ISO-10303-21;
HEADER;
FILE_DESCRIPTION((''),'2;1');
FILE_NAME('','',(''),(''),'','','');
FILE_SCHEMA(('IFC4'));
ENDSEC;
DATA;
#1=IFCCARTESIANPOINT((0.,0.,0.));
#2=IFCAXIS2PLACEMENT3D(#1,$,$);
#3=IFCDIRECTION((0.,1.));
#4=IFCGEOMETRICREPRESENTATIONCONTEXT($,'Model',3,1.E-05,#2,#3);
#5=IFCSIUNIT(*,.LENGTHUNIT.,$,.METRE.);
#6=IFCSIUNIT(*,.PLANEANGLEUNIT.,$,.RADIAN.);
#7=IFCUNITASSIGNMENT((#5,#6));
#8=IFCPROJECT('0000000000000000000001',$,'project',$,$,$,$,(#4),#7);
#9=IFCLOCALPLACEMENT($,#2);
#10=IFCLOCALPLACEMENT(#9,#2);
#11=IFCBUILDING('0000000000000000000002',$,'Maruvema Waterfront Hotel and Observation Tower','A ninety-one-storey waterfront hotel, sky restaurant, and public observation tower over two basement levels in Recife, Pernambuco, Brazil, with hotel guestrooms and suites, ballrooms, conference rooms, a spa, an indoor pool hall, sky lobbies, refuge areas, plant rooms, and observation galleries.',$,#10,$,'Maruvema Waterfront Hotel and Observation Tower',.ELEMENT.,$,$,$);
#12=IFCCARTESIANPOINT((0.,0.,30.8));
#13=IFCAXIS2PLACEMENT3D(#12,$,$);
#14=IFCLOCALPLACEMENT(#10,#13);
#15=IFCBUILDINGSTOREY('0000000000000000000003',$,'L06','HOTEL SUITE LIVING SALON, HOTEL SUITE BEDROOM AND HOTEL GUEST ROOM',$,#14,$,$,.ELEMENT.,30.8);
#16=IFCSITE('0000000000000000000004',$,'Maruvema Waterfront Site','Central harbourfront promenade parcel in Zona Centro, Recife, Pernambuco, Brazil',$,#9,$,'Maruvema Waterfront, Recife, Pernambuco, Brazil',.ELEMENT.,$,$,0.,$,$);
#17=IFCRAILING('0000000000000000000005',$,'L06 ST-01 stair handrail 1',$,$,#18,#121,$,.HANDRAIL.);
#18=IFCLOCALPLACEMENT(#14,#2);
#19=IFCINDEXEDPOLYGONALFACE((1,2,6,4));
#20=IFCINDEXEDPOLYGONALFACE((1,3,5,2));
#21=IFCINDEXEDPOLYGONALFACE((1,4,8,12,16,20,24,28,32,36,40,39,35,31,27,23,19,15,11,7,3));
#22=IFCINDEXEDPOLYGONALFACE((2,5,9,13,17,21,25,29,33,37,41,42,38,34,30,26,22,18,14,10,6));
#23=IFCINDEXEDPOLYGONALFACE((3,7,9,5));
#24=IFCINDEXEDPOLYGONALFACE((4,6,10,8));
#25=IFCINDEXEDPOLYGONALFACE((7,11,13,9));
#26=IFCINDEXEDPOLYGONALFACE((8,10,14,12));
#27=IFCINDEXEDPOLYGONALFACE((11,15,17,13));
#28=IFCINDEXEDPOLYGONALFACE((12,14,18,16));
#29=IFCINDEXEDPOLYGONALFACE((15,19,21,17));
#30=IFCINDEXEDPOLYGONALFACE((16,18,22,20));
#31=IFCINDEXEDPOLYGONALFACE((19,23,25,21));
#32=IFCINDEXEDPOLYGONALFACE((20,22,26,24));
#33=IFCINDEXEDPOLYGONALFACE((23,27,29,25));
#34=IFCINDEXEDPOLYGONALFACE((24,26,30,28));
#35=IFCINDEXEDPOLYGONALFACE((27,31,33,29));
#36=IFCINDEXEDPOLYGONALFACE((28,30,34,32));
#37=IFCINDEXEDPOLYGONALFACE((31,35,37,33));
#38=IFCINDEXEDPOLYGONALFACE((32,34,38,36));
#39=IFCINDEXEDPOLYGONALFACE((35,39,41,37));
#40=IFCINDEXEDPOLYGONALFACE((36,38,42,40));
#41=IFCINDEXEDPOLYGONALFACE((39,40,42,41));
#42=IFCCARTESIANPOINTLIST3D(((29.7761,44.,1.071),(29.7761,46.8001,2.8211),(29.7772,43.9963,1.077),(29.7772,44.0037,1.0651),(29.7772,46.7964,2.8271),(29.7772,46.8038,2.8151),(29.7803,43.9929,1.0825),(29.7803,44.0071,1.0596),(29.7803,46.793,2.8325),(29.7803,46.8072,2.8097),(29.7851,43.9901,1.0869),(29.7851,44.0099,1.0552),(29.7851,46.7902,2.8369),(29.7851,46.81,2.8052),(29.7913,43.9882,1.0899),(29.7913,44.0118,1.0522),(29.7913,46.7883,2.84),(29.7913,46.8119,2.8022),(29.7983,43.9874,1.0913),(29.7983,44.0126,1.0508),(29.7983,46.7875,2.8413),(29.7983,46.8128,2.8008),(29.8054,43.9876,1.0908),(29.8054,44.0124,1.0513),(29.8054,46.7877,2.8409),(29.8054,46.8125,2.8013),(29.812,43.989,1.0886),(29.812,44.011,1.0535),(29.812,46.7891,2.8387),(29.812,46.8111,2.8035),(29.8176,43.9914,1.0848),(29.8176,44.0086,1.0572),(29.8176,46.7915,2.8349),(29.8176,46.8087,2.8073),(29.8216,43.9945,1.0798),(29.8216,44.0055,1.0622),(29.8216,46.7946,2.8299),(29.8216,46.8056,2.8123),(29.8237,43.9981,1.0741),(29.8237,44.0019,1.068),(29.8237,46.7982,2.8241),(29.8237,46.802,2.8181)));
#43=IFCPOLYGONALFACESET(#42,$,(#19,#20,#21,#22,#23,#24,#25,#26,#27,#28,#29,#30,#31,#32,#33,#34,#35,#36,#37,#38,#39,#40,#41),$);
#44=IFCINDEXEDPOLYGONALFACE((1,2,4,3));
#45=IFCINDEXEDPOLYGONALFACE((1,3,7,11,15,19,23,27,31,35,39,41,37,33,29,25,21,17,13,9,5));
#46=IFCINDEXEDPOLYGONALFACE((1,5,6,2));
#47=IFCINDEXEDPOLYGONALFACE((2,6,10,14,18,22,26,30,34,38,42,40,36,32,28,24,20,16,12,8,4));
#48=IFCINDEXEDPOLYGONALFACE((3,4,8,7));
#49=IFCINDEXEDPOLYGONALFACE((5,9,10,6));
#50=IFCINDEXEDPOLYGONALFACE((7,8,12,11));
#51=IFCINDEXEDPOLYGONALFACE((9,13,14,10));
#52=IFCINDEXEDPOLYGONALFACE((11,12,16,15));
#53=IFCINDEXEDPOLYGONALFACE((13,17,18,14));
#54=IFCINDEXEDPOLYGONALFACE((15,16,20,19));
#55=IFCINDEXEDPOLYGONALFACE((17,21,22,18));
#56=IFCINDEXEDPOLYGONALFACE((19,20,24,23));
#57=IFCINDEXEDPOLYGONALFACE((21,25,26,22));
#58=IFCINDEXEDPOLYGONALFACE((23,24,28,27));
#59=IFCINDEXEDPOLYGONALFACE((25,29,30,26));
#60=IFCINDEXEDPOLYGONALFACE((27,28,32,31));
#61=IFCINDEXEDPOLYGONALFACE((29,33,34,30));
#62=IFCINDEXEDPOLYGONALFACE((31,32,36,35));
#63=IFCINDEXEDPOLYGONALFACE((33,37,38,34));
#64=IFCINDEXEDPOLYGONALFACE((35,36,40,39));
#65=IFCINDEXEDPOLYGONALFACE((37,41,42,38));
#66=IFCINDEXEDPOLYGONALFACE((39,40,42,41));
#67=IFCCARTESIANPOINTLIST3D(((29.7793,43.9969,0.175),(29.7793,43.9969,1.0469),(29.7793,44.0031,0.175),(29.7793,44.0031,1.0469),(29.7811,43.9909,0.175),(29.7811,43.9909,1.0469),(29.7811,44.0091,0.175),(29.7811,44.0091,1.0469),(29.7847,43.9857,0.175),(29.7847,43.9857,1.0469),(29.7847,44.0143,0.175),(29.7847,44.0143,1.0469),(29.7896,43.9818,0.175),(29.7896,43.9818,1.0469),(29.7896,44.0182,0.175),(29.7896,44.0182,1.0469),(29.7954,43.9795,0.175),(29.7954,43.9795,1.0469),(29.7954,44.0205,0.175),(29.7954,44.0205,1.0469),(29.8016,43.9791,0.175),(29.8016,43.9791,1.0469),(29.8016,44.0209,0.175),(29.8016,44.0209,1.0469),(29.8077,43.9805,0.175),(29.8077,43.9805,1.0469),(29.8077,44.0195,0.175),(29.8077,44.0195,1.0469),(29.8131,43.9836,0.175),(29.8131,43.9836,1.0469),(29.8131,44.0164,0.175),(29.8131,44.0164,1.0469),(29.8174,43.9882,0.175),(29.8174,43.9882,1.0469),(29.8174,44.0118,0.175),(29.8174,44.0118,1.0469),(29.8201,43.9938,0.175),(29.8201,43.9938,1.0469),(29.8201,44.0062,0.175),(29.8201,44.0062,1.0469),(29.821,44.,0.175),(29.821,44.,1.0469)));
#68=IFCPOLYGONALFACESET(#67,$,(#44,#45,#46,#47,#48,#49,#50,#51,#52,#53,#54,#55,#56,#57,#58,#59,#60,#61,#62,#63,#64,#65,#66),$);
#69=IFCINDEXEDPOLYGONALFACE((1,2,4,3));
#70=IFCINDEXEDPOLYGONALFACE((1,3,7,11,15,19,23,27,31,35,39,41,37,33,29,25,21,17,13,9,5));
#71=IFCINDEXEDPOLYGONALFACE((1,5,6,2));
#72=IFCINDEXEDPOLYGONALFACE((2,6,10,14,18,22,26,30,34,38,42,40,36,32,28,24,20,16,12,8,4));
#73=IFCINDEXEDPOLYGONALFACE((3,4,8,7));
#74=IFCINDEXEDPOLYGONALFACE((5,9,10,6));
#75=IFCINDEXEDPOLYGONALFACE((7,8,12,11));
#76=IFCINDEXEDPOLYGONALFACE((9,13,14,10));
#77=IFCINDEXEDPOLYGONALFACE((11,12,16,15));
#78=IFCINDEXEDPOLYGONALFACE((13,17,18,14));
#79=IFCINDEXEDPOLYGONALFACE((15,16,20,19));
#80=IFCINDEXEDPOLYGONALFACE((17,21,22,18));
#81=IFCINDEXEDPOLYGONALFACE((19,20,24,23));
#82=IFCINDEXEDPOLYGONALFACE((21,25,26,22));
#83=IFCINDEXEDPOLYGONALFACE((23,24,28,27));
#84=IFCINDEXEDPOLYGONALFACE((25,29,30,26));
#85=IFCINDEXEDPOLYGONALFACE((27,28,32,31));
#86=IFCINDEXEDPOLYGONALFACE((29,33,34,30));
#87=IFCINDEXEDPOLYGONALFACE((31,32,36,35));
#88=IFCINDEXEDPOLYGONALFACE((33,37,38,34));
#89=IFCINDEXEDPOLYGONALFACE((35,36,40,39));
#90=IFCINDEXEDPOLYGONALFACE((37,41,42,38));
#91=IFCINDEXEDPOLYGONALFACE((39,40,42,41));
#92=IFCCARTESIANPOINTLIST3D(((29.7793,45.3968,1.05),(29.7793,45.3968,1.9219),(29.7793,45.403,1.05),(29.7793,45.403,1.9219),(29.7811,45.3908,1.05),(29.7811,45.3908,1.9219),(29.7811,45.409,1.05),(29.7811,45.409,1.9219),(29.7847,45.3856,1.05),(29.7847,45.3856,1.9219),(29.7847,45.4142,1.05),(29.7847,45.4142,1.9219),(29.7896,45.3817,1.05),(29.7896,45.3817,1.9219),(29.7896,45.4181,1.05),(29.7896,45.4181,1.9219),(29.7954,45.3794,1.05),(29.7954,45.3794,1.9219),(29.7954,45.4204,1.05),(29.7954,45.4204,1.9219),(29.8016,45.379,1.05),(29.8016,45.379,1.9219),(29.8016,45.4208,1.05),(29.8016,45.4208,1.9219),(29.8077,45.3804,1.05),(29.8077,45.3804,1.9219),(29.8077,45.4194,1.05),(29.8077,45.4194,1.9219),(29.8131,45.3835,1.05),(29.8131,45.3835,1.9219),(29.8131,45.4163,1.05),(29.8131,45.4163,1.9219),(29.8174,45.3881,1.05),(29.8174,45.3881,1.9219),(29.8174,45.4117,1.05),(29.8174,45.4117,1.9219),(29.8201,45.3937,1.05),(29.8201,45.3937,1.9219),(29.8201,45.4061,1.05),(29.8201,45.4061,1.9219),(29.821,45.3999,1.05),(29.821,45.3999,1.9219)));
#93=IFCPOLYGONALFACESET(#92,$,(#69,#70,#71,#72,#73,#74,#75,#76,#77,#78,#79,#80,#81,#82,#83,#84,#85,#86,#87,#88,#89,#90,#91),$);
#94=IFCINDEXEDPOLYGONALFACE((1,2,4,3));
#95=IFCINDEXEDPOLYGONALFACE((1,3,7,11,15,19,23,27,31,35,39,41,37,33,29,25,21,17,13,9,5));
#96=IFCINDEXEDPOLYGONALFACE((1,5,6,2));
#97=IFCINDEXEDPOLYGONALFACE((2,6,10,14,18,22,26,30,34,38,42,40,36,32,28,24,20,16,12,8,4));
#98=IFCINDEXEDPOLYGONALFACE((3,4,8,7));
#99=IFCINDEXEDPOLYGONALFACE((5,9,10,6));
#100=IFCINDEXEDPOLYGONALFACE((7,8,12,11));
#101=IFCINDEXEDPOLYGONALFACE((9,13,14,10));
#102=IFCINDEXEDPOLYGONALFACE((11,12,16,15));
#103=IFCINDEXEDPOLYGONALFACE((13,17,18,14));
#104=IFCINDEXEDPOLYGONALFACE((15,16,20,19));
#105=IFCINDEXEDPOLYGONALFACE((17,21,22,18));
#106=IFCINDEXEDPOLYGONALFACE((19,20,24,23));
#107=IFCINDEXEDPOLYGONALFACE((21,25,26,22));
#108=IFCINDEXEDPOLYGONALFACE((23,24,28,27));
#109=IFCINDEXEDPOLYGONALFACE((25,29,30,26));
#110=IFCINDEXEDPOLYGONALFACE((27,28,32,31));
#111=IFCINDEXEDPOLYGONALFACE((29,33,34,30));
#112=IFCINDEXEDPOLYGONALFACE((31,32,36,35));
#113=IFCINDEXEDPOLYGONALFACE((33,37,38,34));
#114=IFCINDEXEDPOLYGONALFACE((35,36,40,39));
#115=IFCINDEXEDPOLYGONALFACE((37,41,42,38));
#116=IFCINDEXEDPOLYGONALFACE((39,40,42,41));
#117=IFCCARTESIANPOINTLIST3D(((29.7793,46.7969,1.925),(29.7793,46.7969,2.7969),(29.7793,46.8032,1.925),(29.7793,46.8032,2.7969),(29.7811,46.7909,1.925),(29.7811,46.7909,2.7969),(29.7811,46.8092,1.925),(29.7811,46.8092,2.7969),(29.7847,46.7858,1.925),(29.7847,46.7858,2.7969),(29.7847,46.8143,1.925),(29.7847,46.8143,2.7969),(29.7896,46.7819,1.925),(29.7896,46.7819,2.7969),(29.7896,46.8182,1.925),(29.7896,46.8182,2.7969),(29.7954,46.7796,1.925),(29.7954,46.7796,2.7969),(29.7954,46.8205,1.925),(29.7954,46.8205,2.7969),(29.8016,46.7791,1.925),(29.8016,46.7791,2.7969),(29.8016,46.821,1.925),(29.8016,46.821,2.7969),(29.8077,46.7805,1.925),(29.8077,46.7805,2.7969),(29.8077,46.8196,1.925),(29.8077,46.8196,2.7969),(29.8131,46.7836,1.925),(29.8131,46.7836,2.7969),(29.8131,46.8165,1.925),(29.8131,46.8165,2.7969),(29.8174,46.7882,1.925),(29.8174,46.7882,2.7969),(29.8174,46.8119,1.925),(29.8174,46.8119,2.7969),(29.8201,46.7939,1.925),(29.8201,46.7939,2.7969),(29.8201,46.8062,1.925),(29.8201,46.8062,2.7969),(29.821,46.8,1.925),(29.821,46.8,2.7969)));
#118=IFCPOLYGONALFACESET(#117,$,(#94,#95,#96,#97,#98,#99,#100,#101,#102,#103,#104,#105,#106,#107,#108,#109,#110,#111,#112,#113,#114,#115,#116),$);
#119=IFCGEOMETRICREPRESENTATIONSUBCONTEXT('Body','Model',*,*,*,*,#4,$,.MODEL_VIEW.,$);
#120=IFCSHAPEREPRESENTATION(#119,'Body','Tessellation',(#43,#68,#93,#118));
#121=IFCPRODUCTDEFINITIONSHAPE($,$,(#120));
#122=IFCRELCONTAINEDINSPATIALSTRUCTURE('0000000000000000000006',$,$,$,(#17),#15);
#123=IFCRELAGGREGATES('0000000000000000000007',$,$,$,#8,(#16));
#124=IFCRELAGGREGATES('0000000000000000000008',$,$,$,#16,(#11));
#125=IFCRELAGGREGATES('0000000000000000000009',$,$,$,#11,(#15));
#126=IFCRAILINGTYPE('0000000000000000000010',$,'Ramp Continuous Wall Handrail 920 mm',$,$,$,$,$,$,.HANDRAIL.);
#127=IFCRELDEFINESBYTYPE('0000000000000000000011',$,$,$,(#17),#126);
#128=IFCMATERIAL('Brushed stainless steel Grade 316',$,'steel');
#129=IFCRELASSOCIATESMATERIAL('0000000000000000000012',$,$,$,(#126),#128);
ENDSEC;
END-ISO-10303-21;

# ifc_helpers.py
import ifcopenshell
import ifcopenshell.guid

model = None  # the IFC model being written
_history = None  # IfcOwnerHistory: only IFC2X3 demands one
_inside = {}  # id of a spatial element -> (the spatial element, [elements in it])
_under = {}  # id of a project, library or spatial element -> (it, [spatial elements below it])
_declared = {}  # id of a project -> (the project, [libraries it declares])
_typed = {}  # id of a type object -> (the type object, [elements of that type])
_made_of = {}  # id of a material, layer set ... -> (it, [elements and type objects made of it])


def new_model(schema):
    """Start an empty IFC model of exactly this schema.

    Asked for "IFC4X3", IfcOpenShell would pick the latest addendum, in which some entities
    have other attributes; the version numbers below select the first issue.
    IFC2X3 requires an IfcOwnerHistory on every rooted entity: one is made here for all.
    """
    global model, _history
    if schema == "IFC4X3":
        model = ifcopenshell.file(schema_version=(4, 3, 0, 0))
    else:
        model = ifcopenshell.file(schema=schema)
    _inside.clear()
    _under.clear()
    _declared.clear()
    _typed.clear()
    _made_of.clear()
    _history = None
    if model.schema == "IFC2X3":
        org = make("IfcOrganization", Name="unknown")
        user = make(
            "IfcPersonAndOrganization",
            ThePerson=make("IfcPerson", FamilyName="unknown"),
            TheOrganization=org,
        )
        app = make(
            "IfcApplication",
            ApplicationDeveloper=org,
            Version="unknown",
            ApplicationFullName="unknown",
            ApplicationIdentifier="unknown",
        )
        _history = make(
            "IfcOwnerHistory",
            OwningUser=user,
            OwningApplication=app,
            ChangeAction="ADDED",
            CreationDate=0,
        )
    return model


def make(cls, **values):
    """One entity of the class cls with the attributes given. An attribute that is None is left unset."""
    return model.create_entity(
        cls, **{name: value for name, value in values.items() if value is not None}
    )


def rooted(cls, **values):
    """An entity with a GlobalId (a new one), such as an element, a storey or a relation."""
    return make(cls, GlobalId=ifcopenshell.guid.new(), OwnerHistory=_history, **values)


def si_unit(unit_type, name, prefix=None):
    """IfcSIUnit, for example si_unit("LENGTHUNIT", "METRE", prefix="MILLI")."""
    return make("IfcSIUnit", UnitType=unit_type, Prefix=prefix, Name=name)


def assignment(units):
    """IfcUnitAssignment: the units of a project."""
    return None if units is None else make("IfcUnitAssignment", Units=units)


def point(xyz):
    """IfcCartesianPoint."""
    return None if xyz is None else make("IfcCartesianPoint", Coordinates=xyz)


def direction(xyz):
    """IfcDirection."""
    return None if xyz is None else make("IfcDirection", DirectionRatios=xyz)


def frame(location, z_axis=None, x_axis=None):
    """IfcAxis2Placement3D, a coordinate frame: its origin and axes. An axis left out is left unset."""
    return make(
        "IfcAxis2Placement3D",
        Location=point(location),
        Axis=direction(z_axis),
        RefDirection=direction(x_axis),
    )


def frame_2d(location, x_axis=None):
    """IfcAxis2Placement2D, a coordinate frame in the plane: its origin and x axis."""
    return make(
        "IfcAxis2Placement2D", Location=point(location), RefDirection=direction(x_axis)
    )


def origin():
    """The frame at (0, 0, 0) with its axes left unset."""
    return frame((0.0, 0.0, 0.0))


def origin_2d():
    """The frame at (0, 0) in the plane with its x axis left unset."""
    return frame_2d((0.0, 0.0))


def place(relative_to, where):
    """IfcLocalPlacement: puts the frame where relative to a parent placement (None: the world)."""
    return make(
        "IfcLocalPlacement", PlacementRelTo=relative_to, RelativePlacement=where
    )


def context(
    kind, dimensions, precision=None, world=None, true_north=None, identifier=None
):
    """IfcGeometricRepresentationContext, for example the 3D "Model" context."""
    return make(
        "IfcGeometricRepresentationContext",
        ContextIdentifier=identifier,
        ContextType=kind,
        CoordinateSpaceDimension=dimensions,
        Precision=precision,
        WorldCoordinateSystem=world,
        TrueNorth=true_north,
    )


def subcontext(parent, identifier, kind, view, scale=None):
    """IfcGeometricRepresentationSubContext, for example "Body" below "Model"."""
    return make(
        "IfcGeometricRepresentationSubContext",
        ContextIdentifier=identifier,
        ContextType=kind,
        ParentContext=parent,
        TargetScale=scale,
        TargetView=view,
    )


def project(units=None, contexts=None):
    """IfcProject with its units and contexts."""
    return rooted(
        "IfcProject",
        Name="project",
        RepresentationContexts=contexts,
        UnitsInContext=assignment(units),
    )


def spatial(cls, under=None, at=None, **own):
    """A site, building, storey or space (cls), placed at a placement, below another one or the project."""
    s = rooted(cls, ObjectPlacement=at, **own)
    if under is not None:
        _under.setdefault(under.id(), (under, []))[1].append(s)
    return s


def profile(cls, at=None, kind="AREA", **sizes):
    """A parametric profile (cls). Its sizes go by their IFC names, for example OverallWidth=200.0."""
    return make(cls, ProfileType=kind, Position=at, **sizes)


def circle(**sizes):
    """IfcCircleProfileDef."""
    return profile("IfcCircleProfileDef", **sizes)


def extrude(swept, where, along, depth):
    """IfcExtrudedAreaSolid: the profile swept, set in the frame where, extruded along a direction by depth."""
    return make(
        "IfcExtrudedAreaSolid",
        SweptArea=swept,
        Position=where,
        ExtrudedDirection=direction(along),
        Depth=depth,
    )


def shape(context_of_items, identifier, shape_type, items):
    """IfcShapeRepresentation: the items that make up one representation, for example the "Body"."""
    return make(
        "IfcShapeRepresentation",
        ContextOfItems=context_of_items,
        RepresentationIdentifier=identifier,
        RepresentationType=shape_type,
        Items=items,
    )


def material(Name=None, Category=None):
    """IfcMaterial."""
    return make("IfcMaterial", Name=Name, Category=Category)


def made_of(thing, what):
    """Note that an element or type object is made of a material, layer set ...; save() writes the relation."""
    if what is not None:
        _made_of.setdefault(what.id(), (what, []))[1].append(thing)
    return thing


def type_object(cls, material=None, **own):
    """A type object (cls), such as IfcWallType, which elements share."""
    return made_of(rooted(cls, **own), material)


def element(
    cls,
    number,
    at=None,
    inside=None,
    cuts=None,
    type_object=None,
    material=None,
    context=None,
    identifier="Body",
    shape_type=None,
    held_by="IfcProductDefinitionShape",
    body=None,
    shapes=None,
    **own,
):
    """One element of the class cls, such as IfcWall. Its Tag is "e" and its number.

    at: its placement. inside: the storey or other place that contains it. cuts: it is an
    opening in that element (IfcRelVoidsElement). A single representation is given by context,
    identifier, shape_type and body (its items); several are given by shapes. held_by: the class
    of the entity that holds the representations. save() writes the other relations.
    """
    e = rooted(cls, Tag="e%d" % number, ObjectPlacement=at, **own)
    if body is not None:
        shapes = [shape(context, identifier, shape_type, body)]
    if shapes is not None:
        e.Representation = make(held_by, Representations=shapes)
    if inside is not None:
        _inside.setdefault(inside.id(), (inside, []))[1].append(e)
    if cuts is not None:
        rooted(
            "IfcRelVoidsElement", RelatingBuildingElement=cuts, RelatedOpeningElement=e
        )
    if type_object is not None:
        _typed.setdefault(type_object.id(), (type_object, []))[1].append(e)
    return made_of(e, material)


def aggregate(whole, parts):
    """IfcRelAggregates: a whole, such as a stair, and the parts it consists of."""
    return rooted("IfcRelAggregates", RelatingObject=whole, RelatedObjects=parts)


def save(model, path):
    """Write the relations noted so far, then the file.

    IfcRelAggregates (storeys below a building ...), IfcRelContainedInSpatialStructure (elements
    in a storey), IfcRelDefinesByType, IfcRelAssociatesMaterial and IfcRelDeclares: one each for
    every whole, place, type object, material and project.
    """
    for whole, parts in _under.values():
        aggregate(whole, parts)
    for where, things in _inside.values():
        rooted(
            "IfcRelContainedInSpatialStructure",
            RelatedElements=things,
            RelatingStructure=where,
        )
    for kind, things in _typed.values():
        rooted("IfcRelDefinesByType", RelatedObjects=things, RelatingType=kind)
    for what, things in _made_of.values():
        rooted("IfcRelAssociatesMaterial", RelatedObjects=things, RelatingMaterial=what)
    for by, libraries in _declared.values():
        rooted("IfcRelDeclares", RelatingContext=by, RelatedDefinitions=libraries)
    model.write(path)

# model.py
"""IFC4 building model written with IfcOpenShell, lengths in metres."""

from ifc_helpers import new_model, si_unit, direction, frame, origin, origin_2d, place, context, subcontext, project, spatial, circle, extrude, material, type_object, element, save


model = new_model("IFC4")

# Units and contexts
model_context = context("Model", 3, precision=1e-05, world=origin(), true_north=direction((0.0, 1.0)))
body_context = subcontext(model_context, "Body", "Model", "MODEL_VIEW")
ifc_project = project(units=[si_unit("LENGTHUNIT", "METRE"), si_unit("PLANEANGLEUNIT", "RADIAN")], contexts=[model_context])

# Site, building, storey
site_placement = place(None, origin())
site = spatial("IfcSite", under=ifc_project, at=site_placement, Name="Maruvema Waterfront Site", Description="Central harbourfront promenade parcel in Zona Centro, Recife, Pernambuco, Brazil", LongName="Maruvema Waterfront, Recife, Pernambuco, Brazil", CompositionType="ELEMENT", RefElevation=0.0)
building_placement = place(site_placement, origin())
building = spatial("IfcBuilding", under=site, at=building_placement, Name="Maruvema Waterfront Hotel and Observation Tower", Description="A ninety-one-storey waterfront hotel, sky restaurant, and public observation tower over two basement levels in Recife, Pernambuco, Brazil, with hotel guestrooms and suites, ballrooms, conference rooms, a spa, an indoor pool hall, sky lobbies, refuge areas, plant rooms, and observation galleries.", LongName="Maruvema Waterfront Hotel and Observation Tower", CompositionType="ELEMENT")
storey_placement = place(building_placement, frame((0.0, 0.0, 30.8)))
storey = spatial("IfcBuildingStorey", under=building, at=storey_placement, Name="L06", Description="HOTEL SUITE LIVING SALON, HOTEL SUITE BEDROOM AND HOTEL GUEST ROOM", CompositionType="ELEMENT", Elevation=30.8)

# Railing
ifc_material_1 = material(Name="Brushed stainless steel Grade 316", Category="steel")
railing_type_1 = type_object("IfcRailingType", Name="Ramp Continuous Wall Handrail 920 mm", PredefinedType="HANDRAIL", material=ifc_material_1)
railing_1_placement = place(storey_placement, frame((29.8, 44.0, 0.175)))
element("IfcRailing", 1, at=railing_1_placement, inside=storey, type_object=railing_type_1, Name="L06 ST-01 stair handrail 1", PredefinedType="HANDRAIL", context=body_context, shape_type="SweptSolid", body=[
    extrude(circle(Radius=0.0239, at=origin_2d()), frame((0.0, 0.0, 0.896), z_axis=(0.0, 0.848002, 0.529992), x_axis=(-1.0, 0.0, 0.0)), (0.0, 0.0, 1.0), 3.302),
    extrude(circle(Radius=0.021, at=origin_2d()), origin(), (0.0, 0.0, 1.0), 0.8718),
    extrude(circle(Radius=0.021, at=origin_2d()), frame((0.0, 1.3999, 0.875)), (0.0, 0.0, 1.0), 0.8718),
    extrude(circle(Radius=0.021, at=origin_2d()), frame((0.0, 2.8, 1.75)), (0.0, 0.0, 1.0), 0.8718),
])

save(model, "model.ifc")
